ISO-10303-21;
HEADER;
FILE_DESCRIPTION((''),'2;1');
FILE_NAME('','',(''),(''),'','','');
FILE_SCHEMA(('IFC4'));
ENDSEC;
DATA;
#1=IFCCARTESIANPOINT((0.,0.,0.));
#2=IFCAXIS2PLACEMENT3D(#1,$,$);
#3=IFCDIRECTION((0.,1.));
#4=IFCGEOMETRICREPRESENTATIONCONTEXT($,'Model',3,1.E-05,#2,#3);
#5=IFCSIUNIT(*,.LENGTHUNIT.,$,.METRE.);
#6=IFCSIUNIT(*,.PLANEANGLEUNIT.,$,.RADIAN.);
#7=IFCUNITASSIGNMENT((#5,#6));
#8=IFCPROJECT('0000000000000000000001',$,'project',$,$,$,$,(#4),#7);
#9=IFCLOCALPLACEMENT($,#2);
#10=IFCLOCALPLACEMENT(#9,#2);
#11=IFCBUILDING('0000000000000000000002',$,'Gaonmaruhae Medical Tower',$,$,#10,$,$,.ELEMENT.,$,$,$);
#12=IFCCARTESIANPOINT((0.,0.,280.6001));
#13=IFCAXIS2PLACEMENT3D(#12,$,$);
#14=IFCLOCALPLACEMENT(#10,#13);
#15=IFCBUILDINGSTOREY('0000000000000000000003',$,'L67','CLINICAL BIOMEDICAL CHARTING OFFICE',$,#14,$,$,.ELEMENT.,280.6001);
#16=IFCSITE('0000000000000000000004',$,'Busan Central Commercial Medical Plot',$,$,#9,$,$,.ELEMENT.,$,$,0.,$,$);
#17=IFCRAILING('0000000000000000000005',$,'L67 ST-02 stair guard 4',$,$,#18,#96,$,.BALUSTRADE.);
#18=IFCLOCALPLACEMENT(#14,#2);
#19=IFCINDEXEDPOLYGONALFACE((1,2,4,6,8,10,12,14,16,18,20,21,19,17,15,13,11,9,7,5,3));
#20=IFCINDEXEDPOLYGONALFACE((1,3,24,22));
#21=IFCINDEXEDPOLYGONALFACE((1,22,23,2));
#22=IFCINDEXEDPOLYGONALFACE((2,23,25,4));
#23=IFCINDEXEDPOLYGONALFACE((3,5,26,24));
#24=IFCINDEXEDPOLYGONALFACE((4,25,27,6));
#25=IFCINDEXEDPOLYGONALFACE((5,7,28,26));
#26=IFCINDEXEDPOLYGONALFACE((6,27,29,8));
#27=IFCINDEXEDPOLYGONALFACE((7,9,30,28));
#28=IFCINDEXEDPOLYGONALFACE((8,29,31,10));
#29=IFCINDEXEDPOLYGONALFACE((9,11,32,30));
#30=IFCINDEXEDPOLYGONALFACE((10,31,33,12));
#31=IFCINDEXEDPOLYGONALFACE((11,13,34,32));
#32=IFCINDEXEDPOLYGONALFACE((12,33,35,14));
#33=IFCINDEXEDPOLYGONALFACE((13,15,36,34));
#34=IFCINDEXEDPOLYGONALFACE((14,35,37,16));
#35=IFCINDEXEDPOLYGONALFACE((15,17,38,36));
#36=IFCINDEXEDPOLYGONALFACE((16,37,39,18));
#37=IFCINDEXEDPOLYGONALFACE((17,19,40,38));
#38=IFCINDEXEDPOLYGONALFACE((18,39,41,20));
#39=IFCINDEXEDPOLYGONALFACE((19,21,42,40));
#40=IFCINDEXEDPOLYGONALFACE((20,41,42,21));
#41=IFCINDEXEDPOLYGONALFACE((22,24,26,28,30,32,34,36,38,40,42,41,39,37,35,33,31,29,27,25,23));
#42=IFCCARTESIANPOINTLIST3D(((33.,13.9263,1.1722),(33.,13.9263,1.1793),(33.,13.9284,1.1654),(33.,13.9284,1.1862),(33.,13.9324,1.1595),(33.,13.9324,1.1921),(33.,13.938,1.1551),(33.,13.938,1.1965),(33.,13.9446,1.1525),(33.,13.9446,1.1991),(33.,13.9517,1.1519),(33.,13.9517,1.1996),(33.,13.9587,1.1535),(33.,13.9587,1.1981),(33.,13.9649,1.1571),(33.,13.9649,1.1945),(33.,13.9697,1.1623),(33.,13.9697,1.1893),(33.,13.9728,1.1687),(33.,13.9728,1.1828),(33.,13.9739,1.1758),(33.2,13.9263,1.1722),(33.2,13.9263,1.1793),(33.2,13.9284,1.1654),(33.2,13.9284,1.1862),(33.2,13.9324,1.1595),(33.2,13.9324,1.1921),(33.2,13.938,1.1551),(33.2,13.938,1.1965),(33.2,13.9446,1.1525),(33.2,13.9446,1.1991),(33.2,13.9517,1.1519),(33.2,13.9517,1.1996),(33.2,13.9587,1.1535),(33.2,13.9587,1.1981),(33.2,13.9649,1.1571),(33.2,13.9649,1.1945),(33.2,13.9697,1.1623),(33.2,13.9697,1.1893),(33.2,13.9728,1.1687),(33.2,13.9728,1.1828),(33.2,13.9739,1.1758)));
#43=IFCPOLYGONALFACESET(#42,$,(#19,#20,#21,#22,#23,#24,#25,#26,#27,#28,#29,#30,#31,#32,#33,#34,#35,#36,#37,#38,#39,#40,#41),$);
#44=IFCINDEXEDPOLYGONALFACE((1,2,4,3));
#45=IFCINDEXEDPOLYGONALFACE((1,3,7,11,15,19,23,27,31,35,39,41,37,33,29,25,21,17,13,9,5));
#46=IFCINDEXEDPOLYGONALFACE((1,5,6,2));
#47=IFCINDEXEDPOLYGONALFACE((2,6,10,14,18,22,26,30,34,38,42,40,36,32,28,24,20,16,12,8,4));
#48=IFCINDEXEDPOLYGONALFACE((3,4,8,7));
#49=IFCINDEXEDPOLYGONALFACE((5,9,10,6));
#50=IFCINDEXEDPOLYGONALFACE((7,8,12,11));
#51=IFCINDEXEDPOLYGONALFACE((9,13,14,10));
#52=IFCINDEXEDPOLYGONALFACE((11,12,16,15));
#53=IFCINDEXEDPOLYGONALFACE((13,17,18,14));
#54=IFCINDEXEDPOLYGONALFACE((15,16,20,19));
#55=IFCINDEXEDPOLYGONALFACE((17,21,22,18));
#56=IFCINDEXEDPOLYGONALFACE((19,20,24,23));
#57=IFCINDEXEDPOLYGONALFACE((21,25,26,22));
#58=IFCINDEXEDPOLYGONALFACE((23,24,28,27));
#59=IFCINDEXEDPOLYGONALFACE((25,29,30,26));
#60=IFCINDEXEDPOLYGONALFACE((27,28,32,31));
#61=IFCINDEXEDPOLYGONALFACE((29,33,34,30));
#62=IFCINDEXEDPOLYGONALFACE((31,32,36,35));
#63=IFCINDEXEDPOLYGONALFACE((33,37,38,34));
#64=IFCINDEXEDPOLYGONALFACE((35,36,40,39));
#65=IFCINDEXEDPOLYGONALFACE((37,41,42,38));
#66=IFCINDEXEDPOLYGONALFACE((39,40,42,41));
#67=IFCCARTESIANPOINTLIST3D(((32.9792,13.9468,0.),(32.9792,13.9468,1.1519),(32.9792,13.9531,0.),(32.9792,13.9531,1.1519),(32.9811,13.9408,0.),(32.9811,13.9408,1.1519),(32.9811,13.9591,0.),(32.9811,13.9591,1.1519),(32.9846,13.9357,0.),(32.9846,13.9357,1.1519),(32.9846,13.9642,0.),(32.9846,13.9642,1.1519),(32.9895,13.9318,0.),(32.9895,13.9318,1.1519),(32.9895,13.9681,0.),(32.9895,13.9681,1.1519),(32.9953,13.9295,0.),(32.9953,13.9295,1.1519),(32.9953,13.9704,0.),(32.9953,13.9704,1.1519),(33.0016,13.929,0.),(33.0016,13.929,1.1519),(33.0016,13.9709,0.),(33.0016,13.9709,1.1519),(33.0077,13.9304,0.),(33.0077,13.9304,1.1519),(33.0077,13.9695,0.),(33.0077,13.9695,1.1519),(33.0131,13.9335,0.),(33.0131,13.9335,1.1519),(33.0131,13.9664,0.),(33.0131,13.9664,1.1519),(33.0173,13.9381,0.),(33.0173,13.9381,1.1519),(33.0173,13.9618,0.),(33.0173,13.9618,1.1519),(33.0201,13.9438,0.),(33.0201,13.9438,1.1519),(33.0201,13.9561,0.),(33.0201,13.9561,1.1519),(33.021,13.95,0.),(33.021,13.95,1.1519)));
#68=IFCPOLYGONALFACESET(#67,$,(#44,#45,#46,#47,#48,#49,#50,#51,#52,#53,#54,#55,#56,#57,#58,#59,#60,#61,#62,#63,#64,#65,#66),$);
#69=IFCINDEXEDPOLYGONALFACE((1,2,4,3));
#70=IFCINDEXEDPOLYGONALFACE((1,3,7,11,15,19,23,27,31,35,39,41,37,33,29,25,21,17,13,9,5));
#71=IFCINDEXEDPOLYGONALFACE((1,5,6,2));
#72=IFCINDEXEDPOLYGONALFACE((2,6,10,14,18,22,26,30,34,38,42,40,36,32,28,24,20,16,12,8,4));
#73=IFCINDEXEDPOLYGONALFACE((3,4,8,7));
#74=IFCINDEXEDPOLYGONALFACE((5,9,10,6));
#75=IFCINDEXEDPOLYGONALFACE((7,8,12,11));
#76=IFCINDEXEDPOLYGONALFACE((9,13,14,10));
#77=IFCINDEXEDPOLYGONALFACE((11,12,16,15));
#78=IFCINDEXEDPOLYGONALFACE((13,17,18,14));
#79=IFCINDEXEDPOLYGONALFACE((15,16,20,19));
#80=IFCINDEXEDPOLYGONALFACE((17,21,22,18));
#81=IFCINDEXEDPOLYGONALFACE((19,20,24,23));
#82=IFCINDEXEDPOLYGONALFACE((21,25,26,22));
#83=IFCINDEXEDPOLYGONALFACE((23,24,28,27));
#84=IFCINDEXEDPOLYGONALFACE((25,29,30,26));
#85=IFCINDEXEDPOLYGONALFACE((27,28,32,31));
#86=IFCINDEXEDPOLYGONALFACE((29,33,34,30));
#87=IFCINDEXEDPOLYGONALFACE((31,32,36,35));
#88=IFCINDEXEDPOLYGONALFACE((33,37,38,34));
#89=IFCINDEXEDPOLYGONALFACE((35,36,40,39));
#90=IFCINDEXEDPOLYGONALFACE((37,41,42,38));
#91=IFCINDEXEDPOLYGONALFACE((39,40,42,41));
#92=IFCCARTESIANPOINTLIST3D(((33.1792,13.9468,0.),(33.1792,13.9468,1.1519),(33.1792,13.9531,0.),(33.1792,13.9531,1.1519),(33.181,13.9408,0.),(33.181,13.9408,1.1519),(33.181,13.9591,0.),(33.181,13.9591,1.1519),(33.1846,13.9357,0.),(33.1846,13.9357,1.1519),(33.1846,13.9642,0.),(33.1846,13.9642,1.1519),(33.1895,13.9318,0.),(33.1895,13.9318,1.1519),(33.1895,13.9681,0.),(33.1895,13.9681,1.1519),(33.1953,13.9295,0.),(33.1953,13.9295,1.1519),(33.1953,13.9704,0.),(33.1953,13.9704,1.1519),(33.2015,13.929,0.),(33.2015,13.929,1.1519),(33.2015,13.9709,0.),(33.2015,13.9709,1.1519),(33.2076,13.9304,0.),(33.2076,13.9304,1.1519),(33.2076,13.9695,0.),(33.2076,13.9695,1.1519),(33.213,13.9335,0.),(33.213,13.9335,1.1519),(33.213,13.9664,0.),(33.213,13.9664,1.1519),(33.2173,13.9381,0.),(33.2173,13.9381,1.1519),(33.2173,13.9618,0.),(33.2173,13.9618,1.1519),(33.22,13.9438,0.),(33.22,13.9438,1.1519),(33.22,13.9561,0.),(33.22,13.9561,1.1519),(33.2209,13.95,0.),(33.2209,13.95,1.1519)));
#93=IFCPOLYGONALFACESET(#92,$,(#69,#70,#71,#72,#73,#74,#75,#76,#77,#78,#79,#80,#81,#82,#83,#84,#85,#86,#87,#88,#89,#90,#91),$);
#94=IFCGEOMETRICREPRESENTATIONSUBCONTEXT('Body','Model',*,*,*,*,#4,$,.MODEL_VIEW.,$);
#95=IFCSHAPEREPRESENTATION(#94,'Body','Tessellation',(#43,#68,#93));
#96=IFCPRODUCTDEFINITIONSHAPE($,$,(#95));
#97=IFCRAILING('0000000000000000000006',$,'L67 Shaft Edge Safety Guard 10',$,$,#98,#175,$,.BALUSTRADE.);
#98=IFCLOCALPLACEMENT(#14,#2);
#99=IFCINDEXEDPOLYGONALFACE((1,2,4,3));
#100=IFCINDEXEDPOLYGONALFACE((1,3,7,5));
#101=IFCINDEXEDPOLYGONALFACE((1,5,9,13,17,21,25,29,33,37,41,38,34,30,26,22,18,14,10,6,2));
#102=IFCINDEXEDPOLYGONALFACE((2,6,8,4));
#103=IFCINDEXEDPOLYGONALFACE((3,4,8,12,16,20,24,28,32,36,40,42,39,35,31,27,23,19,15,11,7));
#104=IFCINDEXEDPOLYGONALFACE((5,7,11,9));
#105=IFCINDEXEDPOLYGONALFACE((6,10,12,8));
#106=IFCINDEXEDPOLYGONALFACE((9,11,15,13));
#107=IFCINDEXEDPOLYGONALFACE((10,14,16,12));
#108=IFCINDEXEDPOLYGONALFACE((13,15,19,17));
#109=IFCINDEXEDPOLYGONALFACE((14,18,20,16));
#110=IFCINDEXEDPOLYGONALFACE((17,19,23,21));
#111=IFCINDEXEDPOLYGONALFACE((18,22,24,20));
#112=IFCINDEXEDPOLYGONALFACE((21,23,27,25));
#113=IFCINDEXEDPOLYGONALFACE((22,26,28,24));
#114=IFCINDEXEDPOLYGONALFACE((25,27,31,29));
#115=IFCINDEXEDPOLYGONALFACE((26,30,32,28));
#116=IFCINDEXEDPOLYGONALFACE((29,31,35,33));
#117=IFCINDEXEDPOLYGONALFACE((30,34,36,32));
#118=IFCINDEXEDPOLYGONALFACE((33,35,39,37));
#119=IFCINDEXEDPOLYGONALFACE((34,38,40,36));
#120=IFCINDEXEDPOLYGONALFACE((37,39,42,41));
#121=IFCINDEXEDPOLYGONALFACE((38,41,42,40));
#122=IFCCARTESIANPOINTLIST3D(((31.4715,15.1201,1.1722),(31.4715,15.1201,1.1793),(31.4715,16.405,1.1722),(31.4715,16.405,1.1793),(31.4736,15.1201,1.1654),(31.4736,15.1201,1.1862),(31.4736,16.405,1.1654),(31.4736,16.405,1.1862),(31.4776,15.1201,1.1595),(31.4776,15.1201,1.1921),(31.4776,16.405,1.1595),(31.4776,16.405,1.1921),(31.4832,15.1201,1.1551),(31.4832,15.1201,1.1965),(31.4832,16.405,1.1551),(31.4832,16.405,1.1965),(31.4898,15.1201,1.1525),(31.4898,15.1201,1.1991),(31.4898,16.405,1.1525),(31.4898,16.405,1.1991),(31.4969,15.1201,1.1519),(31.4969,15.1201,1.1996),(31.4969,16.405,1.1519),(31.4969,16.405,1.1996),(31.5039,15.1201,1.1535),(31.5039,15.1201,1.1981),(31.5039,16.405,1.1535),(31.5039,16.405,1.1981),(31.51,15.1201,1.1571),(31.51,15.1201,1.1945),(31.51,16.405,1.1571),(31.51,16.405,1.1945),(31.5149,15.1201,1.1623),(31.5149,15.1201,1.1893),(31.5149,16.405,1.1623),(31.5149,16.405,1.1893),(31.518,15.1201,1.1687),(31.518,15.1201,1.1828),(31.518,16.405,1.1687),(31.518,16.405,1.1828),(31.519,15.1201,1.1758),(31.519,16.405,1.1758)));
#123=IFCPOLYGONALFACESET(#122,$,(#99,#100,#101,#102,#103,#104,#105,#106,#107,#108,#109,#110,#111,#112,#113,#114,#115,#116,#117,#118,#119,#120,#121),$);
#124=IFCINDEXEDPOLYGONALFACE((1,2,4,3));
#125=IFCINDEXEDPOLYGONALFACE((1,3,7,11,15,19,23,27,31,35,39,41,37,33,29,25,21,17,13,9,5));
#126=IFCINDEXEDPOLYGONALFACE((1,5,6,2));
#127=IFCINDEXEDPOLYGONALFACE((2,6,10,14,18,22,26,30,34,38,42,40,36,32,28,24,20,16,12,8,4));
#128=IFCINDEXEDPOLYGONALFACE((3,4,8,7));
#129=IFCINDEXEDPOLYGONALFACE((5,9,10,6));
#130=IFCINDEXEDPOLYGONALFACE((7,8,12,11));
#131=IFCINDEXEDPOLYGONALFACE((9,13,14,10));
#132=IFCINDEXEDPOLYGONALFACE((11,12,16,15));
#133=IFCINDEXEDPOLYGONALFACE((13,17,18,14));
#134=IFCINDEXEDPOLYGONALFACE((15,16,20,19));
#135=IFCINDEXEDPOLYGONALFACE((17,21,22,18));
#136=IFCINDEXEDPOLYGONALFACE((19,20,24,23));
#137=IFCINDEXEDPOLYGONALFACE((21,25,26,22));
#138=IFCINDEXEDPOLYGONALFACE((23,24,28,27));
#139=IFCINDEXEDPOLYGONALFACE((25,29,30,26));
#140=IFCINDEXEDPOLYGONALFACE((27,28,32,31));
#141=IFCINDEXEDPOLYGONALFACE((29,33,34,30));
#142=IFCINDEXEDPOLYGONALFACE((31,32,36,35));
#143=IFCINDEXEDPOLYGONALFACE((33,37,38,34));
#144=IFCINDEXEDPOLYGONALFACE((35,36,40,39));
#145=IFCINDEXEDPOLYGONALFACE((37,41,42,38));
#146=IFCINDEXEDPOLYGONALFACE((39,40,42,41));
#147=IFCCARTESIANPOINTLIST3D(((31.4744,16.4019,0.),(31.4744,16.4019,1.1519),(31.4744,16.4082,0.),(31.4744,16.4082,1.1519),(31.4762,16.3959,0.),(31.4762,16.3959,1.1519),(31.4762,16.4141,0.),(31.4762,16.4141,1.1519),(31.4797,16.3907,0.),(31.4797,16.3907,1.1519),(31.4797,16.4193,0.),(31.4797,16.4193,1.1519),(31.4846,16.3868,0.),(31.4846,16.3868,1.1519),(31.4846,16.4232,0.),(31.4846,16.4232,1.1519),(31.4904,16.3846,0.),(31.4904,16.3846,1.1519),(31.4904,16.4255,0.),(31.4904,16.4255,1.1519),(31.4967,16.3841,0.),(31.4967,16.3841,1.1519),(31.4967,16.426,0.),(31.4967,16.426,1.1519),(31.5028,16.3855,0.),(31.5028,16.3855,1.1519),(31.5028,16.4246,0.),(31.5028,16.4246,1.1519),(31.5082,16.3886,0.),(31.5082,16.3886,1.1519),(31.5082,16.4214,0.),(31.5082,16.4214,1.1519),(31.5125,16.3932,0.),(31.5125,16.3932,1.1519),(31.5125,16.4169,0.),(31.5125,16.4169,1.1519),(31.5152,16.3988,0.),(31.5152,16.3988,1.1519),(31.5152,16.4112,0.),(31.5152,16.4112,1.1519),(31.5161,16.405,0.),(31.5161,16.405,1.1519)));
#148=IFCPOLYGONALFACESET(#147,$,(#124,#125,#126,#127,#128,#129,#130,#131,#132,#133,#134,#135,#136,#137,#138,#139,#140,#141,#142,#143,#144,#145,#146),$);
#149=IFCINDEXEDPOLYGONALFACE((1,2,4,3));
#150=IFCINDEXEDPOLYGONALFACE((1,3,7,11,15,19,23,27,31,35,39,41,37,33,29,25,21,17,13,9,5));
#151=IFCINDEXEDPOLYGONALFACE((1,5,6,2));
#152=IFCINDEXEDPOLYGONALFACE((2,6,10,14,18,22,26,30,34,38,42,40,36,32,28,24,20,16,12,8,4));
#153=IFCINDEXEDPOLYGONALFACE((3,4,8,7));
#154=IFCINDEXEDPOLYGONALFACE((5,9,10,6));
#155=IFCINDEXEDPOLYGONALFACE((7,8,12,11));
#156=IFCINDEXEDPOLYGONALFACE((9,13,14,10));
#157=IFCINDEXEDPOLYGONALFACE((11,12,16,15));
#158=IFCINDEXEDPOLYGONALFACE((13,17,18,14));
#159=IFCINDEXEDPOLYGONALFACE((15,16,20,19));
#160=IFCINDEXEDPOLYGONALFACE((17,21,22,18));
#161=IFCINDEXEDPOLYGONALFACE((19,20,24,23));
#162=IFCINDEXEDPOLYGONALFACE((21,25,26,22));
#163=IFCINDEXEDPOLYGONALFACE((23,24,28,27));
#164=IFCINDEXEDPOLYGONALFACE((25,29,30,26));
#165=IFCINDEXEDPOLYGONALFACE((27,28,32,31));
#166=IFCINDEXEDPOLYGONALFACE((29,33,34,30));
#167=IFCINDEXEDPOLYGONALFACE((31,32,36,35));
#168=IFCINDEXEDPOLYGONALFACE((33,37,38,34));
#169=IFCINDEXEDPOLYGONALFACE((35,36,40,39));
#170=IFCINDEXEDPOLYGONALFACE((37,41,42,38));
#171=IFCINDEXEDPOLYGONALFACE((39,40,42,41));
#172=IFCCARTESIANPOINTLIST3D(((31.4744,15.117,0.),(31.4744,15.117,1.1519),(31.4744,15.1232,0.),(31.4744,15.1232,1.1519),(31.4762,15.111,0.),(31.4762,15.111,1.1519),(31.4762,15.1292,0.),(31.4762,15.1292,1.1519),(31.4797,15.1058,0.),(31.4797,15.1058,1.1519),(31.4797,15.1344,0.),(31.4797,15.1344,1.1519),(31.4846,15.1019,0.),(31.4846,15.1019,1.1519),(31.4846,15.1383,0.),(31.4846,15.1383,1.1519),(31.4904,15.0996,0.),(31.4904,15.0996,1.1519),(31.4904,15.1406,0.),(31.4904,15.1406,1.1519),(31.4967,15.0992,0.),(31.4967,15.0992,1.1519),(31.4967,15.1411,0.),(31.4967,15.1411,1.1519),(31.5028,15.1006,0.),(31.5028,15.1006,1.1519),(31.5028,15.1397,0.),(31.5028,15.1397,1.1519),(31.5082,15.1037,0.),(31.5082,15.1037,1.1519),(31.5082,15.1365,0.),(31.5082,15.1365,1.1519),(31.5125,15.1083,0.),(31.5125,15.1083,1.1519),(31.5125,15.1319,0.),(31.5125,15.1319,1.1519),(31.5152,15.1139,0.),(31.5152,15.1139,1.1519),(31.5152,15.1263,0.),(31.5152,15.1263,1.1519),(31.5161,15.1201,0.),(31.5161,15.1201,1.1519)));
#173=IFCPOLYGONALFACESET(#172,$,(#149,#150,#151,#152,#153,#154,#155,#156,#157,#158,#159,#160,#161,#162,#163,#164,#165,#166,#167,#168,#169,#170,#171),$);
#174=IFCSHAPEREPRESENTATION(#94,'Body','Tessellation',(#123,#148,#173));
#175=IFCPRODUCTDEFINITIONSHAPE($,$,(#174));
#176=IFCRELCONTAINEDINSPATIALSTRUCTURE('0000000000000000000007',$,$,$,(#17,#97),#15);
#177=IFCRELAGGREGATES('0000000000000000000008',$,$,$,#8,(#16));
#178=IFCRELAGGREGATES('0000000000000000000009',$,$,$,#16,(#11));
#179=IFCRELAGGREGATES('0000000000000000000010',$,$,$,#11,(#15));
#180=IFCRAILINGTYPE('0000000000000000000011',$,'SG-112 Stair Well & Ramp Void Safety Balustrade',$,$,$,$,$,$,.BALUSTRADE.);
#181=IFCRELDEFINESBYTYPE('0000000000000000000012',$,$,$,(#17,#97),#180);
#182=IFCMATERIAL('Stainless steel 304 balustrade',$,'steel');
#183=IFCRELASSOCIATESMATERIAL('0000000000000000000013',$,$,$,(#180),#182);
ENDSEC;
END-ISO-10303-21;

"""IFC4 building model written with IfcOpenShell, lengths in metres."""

from ifc_helpers import new_model, si_unit, direction, frame, origin, origin_2d, place, context, subcontext, project, spatial, circle, extrude, material, type_object, element, save


model = new_model("IFC4")

# Units and contexts
model_context = context("Model", 3, precision=1e-05, world=origin(), true_north=direction((0.0, 1.0)))
body_context = subcontext(model_context, "Body", "Model", "MODEL_VIEW")
ifc_project = project(units=[si_unit("LENGTHUNIT", "METRE"), si_unit("PLANEANGLEUNIT", "RADIAN")], contexts=[model_context])

# Site, building, storey
site_placement = place(None, origin())
site = spatial("IfcSite", under=ifc_project, at=site_placement, Name="Busan Central Commercial Medical Plot", CompositionType="ELEMENT", RefElevation=0.0)
building_placement = place(site_placement, origin())
building = spatial("IfcBuilding", under=site, at=building_placement, Name="Gaonmaruhae Medical Tower", CompositionType="ELEMENT")
storey_placement = place(building_placement, frame((0.0, 0.0, 280.6001)))
storey = spatial("IfcBuildingStorey", under=building, at=storey_placement, Name="L67", Description="CLINICAL BIOMEDICAL CHARTING OFFICE", CompositionType="ELEMENT", Elevation=280.6001)

# Railings
ifc_material_1 = material(Name="Stainless steel 304 balustrade", Category="steel")
railing_type_1 = type_object("IfcRailingType", Name="SG-112 Stair Well & Ramp Void Safety Balustrade", PredefinedType="BALUSTRADE", material=ifc_material_1)
railing_1_placement = place(storey_placement, frame((33.0, 13.95, 0.0)))
element("IfcRailing", 1, at=railing_1_placement, inside=storey, type_object=railing_type_1, Name="L67 ST-02 stair guard 4", PredefinedType="BALUSTRADE", context=body_context, shape_type="SweptSolid", body=[
    extrude(circle(Radius=0.0239, at=origin_2d()), frame((0.0, 0.0, 1.1758), z_axis=(1.0, 0.0, 0.0), x_axis=(0.0, 1.0, 0.0)), (0.0, 0.0, 1.0), 0.2),
    extrude(circle(Radius=0.021, at=origin_2d()), origin(), (0.0, 0.0, 1.0), 1.1519),
    extrude(circle(Radius=0.021, at=origin_2d()), frame((0.2, 0.0, 0.0)), (0.0, 0.0, 1.0), 1.1519),
])
railing_2_placement = place(storey_placement, frame((31.4951, 16.405, 0.0)))
element("IfcRailing", 2, at=railing_2_placement, inside=storey, type_object=railing_type_1, Name="L67 Shaft Edge Safety Guard 10", PredefinedType="BALUSTRADE", context=body_context, shape_type="SweptSolid", body=[
    extrude(circle(Radius=0.0239, at=origin_2d()), frame((0.0, 0.0, 1.1758), z_axis=(0.0, -1.0, 0.0), x_axis=(1.0, 0.0, 0.0)), (0.0, 0.0, 1.0), 1.2849),
    extrude(circle(Radius=0.021, at=origin_2d()), origin(), (0.0, 0.0, 1.0), 1.1519),
    extrude(circle(Radius=0.021, at=origin_2d()), frame((0.0, -1.2849, 0.0)), (0.0, 0.0, 1.0), 1.1519),
])

save(model, "model.ifc")
